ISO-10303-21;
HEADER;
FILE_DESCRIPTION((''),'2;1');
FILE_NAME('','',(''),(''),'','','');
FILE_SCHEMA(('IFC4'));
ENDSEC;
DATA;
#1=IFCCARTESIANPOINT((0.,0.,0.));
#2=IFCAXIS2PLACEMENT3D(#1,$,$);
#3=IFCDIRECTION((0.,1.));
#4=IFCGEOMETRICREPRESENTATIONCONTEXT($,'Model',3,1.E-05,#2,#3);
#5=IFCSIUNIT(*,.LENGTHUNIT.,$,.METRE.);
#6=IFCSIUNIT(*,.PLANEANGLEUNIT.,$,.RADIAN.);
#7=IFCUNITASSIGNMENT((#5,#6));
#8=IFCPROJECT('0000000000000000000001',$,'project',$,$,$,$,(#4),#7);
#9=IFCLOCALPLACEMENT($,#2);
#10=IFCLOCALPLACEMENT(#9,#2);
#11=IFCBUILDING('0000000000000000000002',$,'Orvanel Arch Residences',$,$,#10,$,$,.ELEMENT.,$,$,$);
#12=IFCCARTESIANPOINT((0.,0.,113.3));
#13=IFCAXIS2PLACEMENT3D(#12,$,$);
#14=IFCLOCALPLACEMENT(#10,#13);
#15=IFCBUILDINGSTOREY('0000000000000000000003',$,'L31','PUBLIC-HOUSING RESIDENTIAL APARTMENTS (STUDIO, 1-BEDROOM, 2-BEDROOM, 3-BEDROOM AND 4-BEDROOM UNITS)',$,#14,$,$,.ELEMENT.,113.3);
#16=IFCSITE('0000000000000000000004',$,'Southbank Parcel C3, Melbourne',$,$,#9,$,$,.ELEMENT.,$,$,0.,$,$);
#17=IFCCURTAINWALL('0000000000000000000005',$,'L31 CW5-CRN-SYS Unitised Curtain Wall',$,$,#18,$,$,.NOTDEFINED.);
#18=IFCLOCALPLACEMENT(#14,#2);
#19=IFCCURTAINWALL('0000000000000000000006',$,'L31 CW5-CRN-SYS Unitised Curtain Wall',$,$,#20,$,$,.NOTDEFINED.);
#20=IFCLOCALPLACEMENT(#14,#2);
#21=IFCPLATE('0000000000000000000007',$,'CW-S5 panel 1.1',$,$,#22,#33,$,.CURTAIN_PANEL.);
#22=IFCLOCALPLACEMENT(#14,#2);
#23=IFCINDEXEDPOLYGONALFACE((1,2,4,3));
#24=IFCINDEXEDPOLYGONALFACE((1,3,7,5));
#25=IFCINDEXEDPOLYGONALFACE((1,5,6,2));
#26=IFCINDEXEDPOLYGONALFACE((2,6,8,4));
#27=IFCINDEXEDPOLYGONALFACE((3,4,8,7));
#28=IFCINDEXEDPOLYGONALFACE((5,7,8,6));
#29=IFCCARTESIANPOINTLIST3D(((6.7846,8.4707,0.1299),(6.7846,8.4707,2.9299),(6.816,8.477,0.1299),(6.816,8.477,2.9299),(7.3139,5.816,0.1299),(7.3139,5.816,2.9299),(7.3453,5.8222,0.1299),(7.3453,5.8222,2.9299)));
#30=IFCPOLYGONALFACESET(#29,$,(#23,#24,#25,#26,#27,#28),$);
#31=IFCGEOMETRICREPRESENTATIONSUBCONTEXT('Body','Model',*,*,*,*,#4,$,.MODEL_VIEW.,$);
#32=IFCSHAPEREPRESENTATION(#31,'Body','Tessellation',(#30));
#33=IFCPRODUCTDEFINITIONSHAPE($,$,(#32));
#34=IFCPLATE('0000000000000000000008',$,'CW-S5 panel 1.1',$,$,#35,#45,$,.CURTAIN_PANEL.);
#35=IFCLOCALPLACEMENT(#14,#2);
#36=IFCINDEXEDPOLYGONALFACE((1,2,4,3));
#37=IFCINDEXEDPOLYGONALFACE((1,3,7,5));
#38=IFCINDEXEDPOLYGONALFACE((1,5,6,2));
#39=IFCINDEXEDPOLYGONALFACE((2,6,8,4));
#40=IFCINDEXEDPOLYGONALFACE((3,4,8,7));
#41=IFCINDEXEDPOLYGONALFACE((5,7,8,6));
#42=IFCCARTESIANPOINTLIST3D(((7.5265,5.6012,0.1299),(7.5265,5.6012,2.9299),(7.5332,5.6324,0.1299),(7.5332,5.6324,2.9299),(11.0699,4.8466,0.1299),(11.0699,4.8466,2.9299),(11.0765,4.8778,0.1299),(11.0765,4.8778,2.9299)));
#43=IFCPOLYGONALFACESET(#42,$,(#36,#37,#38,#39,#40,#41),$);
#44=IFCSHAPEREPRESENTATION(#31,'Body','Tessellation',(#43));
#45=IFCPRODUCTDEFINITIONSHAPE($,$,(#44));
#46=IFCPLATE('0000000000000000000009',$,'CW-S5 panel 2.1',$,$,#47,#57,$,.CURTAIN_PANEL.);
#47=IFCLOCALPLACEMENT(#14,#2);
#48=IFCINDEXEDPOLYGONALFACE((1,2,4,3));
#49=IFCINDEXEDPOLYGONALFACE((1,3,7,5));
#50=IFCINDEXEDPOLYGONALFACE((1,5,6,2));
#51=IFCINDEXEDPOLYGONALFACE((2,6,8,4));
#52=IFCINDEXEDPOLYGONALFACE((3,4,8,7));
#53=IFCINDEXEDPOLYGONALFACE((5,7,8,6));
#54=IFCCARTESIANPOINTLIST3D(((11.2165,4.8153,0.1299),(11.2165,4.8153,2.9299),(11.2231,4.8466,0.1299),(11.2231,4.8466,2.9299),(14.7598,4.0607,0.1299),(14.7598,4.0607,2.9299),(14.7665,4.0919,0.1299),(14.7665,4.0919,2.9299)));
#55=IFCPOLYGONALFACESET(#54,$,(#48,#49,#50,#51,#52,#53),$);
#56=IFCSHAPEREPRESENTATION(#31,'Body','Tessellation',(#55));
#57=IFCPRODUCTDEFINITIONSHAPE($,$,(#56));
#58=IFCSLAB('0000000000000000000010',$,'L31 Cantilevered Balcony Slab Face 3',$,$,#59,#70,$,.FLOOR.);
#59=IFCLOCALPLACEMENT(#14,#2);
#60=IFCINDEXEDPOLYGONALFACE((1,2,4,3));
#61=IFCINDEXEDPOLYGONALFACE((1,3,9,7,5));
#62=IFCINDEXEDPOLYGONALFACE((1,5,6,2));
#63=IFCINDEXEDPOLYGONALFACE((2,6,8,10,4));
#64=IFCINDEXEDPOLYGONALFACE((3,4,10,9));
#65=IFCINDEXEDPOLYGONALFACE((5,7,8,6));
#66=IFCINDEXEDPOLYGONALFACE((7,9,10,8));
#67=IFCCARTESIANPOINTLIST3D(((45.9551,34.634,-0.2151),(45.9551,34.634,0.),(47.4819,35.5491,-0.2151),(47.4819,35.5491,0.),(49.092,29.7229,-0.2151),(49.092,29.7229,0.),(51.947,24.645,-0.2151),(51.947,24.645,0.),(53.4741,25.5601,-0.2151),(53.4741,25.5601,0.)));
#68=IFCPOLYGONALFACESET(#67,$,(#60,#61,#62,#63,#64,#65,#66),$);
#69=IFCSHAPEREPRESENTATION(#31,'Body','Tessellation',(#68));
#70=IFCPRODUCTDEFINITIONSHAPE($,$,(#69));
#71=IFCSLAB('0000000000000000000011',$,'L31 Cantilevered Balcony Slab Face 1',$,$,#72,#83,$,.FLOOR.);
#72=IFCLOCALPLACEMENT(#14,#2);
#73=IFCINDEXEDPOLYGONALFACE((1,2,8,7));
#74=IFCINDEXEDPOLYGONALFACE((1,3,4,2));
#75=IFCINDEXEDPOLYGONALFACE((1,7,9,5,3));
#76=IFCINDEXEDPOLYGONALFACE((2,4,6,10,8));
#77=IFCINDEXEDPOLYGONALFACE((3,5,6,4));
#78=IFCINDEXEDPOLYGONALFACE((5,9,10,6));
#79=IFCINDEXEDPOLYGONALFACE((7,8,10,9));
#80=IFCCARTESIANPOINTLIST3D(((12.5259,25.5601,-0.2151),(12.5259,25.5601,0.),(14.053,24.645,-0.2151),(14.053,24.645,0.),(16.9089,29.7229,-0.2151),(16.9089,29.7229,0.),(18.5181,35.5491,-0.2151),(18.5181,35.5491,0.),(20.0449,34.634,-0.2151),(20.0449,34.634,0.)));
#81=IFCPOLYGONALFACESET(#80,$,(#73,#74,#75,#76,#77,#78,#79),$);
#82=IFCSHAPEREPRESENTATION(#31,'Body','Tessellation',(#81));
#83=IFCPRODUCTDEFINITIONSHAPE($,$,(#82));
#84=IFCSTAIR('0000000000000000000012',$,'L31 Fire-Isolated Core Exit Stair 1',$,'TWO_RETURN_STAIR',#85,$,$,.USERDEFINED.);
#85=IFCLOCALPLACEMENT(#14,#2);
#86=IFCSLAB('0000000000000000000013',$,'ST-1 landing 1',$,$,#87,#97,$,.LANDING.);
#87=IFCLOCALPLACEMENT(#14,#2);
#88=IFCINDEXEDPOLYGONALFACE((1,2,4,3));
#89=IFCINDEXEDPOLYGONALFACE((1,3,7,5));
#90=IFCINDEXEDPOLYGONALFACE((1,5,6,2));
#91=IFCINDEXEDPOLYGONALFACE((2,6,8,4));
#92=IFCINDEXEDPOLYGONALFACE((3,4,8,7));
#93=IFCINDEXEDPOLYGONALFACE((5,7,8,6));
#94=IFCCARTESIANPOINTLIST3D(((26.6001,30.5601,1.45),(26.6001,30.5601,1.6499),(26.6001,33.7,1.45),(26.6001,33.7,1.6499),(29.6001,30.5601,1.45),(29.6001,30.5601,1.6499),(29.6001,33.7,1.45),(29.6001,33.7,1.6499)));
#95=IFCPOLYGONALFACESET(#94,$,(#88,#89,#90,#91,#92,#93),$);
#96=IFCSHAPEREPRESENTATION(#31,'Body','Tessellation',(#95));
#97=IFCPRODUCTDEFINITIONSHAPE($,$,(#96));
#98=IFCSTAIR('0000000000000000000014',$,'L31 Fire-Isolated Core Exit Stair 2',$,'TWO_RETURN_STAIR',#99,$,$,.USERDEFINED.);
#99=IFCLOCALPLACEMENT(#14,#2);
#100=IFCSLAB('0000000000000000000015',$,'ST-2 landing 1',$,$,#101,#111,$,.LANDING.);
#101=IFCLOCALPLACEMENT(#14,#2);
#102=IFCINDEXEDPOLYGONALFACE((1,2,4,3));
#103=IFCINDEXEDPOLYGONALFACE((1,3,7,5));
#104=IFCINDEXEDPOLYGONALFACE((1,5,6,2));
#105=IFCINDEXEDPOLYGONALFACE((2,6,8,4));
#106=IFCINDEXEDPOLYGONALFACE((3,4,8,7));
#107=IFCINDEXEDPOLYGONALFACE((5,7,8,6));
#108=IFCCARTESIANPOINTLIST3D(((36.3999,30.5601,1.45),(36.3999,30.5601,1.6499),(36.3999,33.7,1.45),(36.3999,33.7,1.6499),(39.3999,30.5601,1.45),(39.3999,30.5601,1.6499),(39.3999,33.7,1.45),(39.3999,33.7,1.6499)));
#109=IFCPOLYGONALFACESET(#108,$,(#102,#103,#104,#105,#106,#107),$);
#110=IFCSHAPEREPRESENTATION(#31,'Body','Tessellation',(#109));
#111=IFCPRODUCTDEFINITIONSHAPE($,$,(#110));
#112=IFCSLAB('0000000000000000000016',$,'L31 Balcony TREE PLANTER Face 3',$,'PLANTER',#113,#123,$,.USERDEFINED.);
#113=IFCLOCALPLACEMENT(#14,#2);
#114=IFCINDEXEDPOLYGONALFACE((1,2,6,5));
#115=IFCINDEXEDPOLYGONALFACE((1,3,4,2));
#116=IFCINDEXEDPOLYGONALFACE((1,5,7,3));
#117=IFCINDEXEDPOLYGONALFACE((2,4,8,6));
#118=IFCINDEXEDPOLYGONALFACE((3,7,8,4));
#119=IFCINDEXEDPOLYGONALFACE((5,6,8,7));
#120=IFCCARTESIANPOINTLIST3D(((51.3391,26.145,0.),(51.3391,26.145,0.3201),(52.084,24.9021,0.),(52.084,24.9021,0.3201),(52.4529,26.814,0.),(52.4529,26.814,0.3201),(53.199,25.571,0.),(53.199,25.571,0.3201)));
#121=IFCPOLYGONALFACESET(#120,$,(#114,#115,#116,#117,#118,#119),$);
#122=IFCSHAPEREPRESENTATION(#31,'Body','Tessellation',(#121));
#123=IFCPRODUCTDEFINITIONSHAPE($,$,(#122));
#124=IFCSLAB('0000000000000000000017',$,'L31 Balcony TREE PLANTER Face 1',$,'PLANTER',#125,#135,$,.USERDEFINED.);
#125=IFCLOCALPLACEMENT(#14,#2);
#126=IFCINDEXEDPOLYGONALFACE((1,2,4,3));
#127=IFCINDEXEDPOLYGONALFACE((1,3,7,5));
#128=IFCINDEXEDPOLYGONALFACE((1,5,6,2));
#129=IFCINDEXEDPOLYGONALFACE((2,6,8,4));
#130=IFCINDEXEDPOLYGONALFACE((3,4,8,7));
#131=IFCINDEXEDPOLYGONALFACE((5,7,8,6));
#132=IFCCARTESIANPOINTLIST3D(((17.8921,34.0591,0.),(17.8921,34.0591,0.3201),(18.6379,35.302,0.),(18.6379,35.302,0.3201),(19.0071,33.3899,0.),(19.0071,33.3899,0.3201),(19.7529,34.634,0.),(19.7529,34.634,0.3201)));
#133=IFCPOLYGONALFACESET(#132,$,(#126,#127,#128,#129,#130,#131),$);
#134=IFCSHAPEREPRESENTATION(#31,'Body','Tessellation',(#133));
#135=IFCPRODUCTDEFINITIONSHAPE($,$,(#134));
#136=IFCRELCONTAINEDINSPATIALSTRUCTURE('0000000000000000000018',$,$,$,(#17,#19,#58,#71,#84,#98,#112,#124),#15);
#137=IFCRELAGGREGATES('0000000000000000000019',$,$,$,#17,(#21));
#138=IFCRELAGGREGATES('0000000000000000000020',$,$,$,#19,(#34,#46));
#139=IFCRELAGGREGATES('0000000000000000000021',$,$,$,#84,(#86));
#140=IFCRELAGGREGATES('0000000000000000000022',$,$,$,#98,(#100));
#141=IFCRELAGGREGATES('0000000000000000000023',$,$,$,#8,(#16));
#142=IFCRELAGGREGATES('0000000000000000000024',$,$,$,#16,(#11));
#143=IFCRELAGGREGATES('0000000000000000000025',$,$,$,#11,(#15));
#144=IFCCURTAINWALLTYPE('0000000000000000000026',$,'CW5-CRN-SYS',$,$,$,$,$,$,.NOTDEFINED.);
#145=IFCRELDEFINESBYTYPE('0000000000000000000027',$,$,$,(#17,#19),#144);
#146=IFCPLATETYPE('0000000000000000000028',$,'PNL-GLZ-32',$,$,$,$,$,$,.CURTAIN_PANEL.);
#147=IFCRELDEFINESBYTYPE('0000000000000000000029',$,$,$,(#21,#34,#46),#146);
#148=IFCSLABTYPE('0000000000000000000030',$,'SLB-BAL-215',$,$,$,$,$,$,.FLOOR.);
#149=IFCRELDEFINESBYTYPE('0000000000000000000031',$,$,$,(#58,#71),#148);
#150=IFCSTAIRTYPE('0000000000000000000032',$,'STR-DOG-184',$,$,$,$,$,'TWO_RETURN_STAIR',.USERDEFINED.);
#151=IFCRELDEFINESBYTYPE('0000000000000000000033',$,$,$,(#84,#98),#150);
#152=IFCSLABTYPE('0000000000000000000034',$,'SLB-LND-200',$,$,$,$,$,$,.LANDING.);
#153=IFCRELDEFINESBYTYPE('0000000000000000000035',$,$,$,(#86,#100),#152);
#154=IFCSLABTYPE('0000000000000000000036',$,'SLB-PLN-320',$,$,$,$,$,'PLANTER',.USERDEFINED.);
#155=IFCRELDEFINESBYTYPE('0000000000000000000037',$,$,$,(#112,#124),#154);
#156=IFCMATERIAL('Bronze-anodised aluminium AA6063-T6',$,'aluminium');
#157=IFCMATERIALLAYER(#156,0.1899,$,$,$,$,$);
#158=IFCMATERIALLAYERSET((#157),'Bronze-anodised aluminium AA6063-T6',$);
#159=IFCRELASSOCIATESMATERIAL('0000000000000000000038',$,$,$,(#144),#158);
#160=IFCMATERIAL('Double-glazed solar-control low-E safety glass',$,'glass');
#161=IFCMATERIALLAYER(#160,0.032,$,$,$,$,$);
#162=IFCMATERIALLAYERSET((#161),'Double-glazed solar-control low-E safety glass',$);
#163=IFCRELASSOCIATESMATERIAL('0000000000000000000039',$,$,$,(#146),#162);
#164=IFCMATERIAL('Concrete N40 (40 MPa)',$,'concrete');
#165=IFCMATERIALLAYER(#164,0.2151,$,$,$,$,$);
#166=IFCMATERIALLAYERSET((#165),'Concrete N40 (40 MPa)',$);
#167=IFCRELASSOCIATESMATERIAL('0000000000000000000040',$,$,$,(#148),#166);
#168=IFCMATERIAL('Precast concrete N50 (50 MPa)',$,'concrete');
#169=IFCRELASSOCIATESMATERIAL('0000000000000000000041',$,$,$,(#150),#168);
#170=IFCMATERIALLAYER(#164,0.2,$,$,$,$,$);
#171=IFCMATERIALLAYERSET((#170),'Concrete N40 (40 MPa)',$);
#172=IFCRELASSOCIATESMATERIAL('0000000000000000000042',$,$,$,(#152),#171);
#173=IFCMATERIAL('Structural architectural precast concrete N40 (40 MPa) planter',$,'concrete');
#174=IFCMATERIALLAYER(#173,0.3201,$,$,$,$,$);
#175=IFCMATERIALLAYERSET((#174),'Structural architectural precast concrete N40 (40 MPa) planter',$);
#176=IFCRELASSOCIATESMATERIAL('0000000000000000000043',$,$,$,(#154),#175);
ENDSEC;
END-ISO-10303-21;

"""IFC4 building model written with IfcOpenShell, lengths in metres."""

from ifc_helpers import new_model, si_unit, direction, frame, origin, origin_2d, place, context, subcontext, project, spatial, polyline, rectangle, outline, extrude, material, layer, layer_set, type_object, element, aggregate, save


model = new_model("IFC4")

# Units and contexts
model_context = context("Model", 3, precision=1e-05, world=origin(), true_north=direction((0.0, 1.0)))
body_context = subcontext(model_context, "Body", "Model", "MODEL_VIEW")
ifc_project = project(units=[si_unit("LENGTHUNIT", "METRE"), si_unit("PLANEANGLEUNIT", "RADIAN")], contexts=[model_context])

# Site, building, storey
site_placement = place(None, origin())
site = spatial("IfcSite", under=ifc_project, at=site_placement, Name="Southbank Parcel C3, Melbourne", CompositionType="ELEMENT", RefElevation=0.0)
building_placement = place(site_placement, origin())
building = spatial("IfcBuilding", under=site, at=building_placement, Name="Orvanel Arch Residences", CompositionType="ELEMENT")
storey_placement = place(building_placement, frame((0.0, 0.0, 113.3)))
storey = spatial("IfcBuildingStorey", under=building, at=storey_placement, Name="L31", Description="PUBLIC-HOUSING RESIDENTIAL APARTMENTS (STUDIO, 1-BEDROOM, 2-BEDROOM, 3-BEDROOM AND 4-BEDROOM UNITS)", CompositionType="ELEMENT", Elevation=113.3)

# Curtain walls
ifc_material_1 = material(Name="Bronze-anodised aluminium AA6063-T6", Category="aluminium")
ifc_layer_1 = layer(ifc_material_1, 0.1899)
ifc_layer_set_1 = layer_set([ifc_layer_1], Name="Bronze-anodised aluminium AA6063-T6")
curtain_wall_type = type_object("IfcCurtainWallType", Name="CW5-CRN-SYS", PredefinedType="NOTDEFINED", material=ifc_layer_set_1)
curtain_wall_1_placement = place(storey_placement, origin())
curtain_wall_1 = element("IfcCurtainWall", 1, at=curtain_wall_1_placement, inside=storey, type_object=curtain_wall_type, Name="L31 CW5-CRN-SYS Unitised Curtain Wall", PredefinedType="NOTDEFINED")
curtain_wall_2_placement = place(storey_placement, origin())
curtain_wall_2 = element("IfcCurtainWall", 2, at=curtain_wall_2_placement, inside=storey, type_object=curtain_wall_type, Name="L31 CW5-CRN-SYS Unitised Curtain Wall", PredefinedType="NOTDEFINED")

# Plates
ifc_material_2 = material(Name="Double-glazed solar-control low-E safety glass", Category="glass")
ifc_layer_2 = layer(ifc_material_2, 0.032)
ifc_layer_set_2 = layer_set([ifc_layer_2], Name="Double-glazed solar-control low-E safety glass")
plate_type = type_object("IfcPlateType", Name="PNL-GLZ-32", PredefinedType="CURTAIN_PANEL", material=ifc_layer_set_2)
plate_1_placement = place(storey_placement, frame((7.0649, 7.1465, 0.1299), z_axis=(0.0, 0.0, 1.0), x_axis=(0.195541, -0.980696, 0.0)))
plate_1 = element("IfcPlate", 3, at=plate_1_placement, type_object=plate_type, Name="CW-S5 panel 1.1", PredefinedType="CURTAIN_PANEL", context=body_context, shape_type="SweptSolid", body=[
    extrude(rectangle(XDim=2.707, YDim=0.032, at=origin_2d()), origin(), (0.0, 0.0, 1.0), 2.8),
])
aggregate(curtain_wall_1, [plate_1])
plate_2_placement = place(storey_placement, frame((9.3015, 5.2395, 0.1299), z_axis=(0.0, 0.0, 1.0), x_axis=(0.978066, -0.208295, 0.0)))
plate_2 = element("IfcPlate", 4, at=plate_2_placement, type_object=plate_type, Name="CW-S5 panel 1.1", PredefinedType="CURTAIN_PANEL", context=body_context, shape_type="SweptSolid", body=[
    extrude(rectangle(XDim=3.6228, YDim=0.032, at=origin_2d()), origin(), (0.0, 0.0, 1.0), 2.8),
])
plate_3_placement = place(storey_placement, frame((12.9915, 4.4536, 0.1299), z_axis=(0.0, 0.0, 1.0), x_axis=(0.978066, -0.208295, 0.0)))
plate_3 = element("IfcPlate", 5, at=plate_3_placement, type_object=plate_type, Name="CW-S5 panel 2.1", PredefinedType="CURTAIN_PANEL", context=body_context, shape_type="SweptSolid", body=[
    extrude(rectangle(XDim=3.6228, YDim=0.032, at=origin_2d()), origin(), (0.0, 0.0, 1.0), 2.8),
])
aggregate(curtain_wall_2, [plate_2, plate_3])

# Slabs
ifc_material_3 = material(Name="Concrete N40 (40 MPa)", Category="concrete")
ifc_layer_3 = layer(ifc_material_3, 0.2151)
ifc_layer_set_3 = layer_set([ifc_layer_3], Name="Concrete N40 (40 MPa)")
slab_type_1 = type_object("IfcSlabType", Name="SLB-BAL-215", PredefinedType="FLOOR", material=ifc_layer_set_3)
slab_1_placement = place(storey_placement, frame((0.0, 0.0, -0.2151)))
element("IfcSlab", 6, at=slab_1_placement, inside=storey, type_object=slab_type_1, Name="L31 Cantilevered Balcony Slab Face 3", PredefinedType="FLOOR", context=body_context, shape_type="SweptSolid", body=[
    extrude(outline(polyline([(53.4741, 25.5601), (47.4819, 35.5491), (45.9551, 34.634), (49.092, 29.7229), (51.947, 24.645), (53.4741, 25.5601)])), origin(), (0.0, 0.0, 1.0), 0.2151),
])
slab_2_placement = place(storey_placement, frame((0.0, 0.0, -0.2151)))
element("IfcSlab", 7, at=slab_2_placement, inside=storey, type_object=slab_type_1, Name="L31 Cantilevered Balcony Slab Face 1", PredefinedType="FLOOR", context=body_context, shape_type="SweptSolid", body=[
    extrude(outline(polyline([(18.5181, 35.5491), (12.5259, 25.5601), (14.053, 24.645), (16.9089, 29.7229), (20.0449, 34.634), (18.5181, 35.5491)])), origin(), (0.0, 0.0, 1.0), 0.2151),
])

# Stairs, slabs
ifc_material_4 = material(Name="Precast concrete N50 (50 MPa)", Category="concrete")
stair_type = type_object("IfcStairType", Name="STR-DOG-184", ElementType="TWO_RETURN_STAIR", PredefinedType="USERDEFINED", material=ifc_material_4)
stair_1_placement = place(storey_placement, origin())
stair_1 = element("IfcStair", 8, at=stair_1_placement, inside=storey, type_object=stair_type, Name="L31 Fire-Isolated Core Exit Stair 1", ObjectType="TWO_RETURN_STAIR", PredefinedType="USERDEFINED")
ifc_layer_4 = layer(ifc_material_3, 0.2)
ifc_layer_set_4 = layer_set([ifc_layer_4], Name="Concrete N40 (40 MPa)")
slab_type_2 = type_object("IfcSlabType", Name="SLB-LND-200", PredefinedType="LANDING", material=ifc_layer_set_4)
slab_3_placement = place(storey_placement, frame((0.0, 0.0, 1.45)))
slab_3 = element("IfcSlab", 9, at=slab_3_placement, type_object=slab_type_2, Name="ST-1 landing 1", PredefinedType="LANDING", context=body_context, shape_type="SweptSolid", body=[
    extrude(outline(polyline([(29.6001, 30.5601), (29.6001, 33.7), (26.6001, 33.7), (26.6001, 30.5601), (29.6001, 30.5601)])), origin(), (0.0, 0.0, 1.0), 0.2),
])
aggregate(stair_1, [slab_3])
stair_2_placement = place(storey_placement, origin())
stair_2 = element("IfcStair", 10, at=stair_2_placement, inside=storey, type_object=stair_type, Name="L31 Fire-Isolated Core Exit Stair 2", ObjectType="TWO_RETURN_STAIR", PredefinedType="USERDEFINED")
slab_4_placement = place(storey_placement, frame((0.0, 0.0, 1.45)))
slab_4 = element("IfcSlab", 11, at=slab_4_placement, type_object=slab_type_2, Name="ST-2 landing 1", PredefinedType="LANDING", context=body_context, shape_type="SweptSolid", body=[
    extrude(outline(polyline([(39.3999, 30.5601), (39.3999, 33.7), (36.3999, 33.7), (36.3999, 30.5601), (39.3999, 30.5601)])), origin(), (0.0, 0.0, 1.0), 0.2),
])
aggregate(stair_2, [slab_4])

# Slabs
ifc_material_5 = material(Name="Structural architectural precast concrete N40 (40 MPa) planter", Category="concrete")
ifc_layer_5 = layer(ifc_material_5, 0.3201)
ifc_layer_set_5 = layer_set([ifc_layer_5], Name="Structural architectural precast concrete N40 (40 MPa) planter")
slab_type_3 = type_object("IfcSlabType", Name="SLB-PLN-320", ElementType="PLANTER", PredefinedType="USERDEFINED", material=ifc_layer_set_5)
slab_5_placement = place(storey_placement, origin())
element("IfcSlab", 12, at=slab_5_placement, inside=storey, type_object=slab_type_3, Name="L31 Balcony TREE PLANTER Face 3", ObjectType="PLANTER", PredefinedType="USERDEFINED", context=body_context, shape_type="SweptSolid", body=[
    extrude(outline(polyline([(53.199, 25.571), (52.4529, 26.814), (51.3391, 26.145), (52.084, 24.9021), (53.199, 25.571)])), origin(), (0.0, 0.0, 1.0), 0.3201),
])
slab_6_placement = place(storey_placement, origin())
element("IfcSlab", 13, at=slab_6_placement, inside=storey, type_object=slab_type_3, Name="L31 Balcony TREE PLANTER Face 1", ObjectType="PLANTER", PredefinedType="USERDEFINED", context=body_context, shape_type="SweptSolid", body=[
    extrude(outline(polyline([(18.6379, 35.302), (17.8921, 34.0591), (19.0071, 33.3899), (19.7529, 34.634), (18.6379, 35.302)])), origin(), (0.0, 0.0, 1.0), 0.3201),
])

save(model, "model.ifc")
